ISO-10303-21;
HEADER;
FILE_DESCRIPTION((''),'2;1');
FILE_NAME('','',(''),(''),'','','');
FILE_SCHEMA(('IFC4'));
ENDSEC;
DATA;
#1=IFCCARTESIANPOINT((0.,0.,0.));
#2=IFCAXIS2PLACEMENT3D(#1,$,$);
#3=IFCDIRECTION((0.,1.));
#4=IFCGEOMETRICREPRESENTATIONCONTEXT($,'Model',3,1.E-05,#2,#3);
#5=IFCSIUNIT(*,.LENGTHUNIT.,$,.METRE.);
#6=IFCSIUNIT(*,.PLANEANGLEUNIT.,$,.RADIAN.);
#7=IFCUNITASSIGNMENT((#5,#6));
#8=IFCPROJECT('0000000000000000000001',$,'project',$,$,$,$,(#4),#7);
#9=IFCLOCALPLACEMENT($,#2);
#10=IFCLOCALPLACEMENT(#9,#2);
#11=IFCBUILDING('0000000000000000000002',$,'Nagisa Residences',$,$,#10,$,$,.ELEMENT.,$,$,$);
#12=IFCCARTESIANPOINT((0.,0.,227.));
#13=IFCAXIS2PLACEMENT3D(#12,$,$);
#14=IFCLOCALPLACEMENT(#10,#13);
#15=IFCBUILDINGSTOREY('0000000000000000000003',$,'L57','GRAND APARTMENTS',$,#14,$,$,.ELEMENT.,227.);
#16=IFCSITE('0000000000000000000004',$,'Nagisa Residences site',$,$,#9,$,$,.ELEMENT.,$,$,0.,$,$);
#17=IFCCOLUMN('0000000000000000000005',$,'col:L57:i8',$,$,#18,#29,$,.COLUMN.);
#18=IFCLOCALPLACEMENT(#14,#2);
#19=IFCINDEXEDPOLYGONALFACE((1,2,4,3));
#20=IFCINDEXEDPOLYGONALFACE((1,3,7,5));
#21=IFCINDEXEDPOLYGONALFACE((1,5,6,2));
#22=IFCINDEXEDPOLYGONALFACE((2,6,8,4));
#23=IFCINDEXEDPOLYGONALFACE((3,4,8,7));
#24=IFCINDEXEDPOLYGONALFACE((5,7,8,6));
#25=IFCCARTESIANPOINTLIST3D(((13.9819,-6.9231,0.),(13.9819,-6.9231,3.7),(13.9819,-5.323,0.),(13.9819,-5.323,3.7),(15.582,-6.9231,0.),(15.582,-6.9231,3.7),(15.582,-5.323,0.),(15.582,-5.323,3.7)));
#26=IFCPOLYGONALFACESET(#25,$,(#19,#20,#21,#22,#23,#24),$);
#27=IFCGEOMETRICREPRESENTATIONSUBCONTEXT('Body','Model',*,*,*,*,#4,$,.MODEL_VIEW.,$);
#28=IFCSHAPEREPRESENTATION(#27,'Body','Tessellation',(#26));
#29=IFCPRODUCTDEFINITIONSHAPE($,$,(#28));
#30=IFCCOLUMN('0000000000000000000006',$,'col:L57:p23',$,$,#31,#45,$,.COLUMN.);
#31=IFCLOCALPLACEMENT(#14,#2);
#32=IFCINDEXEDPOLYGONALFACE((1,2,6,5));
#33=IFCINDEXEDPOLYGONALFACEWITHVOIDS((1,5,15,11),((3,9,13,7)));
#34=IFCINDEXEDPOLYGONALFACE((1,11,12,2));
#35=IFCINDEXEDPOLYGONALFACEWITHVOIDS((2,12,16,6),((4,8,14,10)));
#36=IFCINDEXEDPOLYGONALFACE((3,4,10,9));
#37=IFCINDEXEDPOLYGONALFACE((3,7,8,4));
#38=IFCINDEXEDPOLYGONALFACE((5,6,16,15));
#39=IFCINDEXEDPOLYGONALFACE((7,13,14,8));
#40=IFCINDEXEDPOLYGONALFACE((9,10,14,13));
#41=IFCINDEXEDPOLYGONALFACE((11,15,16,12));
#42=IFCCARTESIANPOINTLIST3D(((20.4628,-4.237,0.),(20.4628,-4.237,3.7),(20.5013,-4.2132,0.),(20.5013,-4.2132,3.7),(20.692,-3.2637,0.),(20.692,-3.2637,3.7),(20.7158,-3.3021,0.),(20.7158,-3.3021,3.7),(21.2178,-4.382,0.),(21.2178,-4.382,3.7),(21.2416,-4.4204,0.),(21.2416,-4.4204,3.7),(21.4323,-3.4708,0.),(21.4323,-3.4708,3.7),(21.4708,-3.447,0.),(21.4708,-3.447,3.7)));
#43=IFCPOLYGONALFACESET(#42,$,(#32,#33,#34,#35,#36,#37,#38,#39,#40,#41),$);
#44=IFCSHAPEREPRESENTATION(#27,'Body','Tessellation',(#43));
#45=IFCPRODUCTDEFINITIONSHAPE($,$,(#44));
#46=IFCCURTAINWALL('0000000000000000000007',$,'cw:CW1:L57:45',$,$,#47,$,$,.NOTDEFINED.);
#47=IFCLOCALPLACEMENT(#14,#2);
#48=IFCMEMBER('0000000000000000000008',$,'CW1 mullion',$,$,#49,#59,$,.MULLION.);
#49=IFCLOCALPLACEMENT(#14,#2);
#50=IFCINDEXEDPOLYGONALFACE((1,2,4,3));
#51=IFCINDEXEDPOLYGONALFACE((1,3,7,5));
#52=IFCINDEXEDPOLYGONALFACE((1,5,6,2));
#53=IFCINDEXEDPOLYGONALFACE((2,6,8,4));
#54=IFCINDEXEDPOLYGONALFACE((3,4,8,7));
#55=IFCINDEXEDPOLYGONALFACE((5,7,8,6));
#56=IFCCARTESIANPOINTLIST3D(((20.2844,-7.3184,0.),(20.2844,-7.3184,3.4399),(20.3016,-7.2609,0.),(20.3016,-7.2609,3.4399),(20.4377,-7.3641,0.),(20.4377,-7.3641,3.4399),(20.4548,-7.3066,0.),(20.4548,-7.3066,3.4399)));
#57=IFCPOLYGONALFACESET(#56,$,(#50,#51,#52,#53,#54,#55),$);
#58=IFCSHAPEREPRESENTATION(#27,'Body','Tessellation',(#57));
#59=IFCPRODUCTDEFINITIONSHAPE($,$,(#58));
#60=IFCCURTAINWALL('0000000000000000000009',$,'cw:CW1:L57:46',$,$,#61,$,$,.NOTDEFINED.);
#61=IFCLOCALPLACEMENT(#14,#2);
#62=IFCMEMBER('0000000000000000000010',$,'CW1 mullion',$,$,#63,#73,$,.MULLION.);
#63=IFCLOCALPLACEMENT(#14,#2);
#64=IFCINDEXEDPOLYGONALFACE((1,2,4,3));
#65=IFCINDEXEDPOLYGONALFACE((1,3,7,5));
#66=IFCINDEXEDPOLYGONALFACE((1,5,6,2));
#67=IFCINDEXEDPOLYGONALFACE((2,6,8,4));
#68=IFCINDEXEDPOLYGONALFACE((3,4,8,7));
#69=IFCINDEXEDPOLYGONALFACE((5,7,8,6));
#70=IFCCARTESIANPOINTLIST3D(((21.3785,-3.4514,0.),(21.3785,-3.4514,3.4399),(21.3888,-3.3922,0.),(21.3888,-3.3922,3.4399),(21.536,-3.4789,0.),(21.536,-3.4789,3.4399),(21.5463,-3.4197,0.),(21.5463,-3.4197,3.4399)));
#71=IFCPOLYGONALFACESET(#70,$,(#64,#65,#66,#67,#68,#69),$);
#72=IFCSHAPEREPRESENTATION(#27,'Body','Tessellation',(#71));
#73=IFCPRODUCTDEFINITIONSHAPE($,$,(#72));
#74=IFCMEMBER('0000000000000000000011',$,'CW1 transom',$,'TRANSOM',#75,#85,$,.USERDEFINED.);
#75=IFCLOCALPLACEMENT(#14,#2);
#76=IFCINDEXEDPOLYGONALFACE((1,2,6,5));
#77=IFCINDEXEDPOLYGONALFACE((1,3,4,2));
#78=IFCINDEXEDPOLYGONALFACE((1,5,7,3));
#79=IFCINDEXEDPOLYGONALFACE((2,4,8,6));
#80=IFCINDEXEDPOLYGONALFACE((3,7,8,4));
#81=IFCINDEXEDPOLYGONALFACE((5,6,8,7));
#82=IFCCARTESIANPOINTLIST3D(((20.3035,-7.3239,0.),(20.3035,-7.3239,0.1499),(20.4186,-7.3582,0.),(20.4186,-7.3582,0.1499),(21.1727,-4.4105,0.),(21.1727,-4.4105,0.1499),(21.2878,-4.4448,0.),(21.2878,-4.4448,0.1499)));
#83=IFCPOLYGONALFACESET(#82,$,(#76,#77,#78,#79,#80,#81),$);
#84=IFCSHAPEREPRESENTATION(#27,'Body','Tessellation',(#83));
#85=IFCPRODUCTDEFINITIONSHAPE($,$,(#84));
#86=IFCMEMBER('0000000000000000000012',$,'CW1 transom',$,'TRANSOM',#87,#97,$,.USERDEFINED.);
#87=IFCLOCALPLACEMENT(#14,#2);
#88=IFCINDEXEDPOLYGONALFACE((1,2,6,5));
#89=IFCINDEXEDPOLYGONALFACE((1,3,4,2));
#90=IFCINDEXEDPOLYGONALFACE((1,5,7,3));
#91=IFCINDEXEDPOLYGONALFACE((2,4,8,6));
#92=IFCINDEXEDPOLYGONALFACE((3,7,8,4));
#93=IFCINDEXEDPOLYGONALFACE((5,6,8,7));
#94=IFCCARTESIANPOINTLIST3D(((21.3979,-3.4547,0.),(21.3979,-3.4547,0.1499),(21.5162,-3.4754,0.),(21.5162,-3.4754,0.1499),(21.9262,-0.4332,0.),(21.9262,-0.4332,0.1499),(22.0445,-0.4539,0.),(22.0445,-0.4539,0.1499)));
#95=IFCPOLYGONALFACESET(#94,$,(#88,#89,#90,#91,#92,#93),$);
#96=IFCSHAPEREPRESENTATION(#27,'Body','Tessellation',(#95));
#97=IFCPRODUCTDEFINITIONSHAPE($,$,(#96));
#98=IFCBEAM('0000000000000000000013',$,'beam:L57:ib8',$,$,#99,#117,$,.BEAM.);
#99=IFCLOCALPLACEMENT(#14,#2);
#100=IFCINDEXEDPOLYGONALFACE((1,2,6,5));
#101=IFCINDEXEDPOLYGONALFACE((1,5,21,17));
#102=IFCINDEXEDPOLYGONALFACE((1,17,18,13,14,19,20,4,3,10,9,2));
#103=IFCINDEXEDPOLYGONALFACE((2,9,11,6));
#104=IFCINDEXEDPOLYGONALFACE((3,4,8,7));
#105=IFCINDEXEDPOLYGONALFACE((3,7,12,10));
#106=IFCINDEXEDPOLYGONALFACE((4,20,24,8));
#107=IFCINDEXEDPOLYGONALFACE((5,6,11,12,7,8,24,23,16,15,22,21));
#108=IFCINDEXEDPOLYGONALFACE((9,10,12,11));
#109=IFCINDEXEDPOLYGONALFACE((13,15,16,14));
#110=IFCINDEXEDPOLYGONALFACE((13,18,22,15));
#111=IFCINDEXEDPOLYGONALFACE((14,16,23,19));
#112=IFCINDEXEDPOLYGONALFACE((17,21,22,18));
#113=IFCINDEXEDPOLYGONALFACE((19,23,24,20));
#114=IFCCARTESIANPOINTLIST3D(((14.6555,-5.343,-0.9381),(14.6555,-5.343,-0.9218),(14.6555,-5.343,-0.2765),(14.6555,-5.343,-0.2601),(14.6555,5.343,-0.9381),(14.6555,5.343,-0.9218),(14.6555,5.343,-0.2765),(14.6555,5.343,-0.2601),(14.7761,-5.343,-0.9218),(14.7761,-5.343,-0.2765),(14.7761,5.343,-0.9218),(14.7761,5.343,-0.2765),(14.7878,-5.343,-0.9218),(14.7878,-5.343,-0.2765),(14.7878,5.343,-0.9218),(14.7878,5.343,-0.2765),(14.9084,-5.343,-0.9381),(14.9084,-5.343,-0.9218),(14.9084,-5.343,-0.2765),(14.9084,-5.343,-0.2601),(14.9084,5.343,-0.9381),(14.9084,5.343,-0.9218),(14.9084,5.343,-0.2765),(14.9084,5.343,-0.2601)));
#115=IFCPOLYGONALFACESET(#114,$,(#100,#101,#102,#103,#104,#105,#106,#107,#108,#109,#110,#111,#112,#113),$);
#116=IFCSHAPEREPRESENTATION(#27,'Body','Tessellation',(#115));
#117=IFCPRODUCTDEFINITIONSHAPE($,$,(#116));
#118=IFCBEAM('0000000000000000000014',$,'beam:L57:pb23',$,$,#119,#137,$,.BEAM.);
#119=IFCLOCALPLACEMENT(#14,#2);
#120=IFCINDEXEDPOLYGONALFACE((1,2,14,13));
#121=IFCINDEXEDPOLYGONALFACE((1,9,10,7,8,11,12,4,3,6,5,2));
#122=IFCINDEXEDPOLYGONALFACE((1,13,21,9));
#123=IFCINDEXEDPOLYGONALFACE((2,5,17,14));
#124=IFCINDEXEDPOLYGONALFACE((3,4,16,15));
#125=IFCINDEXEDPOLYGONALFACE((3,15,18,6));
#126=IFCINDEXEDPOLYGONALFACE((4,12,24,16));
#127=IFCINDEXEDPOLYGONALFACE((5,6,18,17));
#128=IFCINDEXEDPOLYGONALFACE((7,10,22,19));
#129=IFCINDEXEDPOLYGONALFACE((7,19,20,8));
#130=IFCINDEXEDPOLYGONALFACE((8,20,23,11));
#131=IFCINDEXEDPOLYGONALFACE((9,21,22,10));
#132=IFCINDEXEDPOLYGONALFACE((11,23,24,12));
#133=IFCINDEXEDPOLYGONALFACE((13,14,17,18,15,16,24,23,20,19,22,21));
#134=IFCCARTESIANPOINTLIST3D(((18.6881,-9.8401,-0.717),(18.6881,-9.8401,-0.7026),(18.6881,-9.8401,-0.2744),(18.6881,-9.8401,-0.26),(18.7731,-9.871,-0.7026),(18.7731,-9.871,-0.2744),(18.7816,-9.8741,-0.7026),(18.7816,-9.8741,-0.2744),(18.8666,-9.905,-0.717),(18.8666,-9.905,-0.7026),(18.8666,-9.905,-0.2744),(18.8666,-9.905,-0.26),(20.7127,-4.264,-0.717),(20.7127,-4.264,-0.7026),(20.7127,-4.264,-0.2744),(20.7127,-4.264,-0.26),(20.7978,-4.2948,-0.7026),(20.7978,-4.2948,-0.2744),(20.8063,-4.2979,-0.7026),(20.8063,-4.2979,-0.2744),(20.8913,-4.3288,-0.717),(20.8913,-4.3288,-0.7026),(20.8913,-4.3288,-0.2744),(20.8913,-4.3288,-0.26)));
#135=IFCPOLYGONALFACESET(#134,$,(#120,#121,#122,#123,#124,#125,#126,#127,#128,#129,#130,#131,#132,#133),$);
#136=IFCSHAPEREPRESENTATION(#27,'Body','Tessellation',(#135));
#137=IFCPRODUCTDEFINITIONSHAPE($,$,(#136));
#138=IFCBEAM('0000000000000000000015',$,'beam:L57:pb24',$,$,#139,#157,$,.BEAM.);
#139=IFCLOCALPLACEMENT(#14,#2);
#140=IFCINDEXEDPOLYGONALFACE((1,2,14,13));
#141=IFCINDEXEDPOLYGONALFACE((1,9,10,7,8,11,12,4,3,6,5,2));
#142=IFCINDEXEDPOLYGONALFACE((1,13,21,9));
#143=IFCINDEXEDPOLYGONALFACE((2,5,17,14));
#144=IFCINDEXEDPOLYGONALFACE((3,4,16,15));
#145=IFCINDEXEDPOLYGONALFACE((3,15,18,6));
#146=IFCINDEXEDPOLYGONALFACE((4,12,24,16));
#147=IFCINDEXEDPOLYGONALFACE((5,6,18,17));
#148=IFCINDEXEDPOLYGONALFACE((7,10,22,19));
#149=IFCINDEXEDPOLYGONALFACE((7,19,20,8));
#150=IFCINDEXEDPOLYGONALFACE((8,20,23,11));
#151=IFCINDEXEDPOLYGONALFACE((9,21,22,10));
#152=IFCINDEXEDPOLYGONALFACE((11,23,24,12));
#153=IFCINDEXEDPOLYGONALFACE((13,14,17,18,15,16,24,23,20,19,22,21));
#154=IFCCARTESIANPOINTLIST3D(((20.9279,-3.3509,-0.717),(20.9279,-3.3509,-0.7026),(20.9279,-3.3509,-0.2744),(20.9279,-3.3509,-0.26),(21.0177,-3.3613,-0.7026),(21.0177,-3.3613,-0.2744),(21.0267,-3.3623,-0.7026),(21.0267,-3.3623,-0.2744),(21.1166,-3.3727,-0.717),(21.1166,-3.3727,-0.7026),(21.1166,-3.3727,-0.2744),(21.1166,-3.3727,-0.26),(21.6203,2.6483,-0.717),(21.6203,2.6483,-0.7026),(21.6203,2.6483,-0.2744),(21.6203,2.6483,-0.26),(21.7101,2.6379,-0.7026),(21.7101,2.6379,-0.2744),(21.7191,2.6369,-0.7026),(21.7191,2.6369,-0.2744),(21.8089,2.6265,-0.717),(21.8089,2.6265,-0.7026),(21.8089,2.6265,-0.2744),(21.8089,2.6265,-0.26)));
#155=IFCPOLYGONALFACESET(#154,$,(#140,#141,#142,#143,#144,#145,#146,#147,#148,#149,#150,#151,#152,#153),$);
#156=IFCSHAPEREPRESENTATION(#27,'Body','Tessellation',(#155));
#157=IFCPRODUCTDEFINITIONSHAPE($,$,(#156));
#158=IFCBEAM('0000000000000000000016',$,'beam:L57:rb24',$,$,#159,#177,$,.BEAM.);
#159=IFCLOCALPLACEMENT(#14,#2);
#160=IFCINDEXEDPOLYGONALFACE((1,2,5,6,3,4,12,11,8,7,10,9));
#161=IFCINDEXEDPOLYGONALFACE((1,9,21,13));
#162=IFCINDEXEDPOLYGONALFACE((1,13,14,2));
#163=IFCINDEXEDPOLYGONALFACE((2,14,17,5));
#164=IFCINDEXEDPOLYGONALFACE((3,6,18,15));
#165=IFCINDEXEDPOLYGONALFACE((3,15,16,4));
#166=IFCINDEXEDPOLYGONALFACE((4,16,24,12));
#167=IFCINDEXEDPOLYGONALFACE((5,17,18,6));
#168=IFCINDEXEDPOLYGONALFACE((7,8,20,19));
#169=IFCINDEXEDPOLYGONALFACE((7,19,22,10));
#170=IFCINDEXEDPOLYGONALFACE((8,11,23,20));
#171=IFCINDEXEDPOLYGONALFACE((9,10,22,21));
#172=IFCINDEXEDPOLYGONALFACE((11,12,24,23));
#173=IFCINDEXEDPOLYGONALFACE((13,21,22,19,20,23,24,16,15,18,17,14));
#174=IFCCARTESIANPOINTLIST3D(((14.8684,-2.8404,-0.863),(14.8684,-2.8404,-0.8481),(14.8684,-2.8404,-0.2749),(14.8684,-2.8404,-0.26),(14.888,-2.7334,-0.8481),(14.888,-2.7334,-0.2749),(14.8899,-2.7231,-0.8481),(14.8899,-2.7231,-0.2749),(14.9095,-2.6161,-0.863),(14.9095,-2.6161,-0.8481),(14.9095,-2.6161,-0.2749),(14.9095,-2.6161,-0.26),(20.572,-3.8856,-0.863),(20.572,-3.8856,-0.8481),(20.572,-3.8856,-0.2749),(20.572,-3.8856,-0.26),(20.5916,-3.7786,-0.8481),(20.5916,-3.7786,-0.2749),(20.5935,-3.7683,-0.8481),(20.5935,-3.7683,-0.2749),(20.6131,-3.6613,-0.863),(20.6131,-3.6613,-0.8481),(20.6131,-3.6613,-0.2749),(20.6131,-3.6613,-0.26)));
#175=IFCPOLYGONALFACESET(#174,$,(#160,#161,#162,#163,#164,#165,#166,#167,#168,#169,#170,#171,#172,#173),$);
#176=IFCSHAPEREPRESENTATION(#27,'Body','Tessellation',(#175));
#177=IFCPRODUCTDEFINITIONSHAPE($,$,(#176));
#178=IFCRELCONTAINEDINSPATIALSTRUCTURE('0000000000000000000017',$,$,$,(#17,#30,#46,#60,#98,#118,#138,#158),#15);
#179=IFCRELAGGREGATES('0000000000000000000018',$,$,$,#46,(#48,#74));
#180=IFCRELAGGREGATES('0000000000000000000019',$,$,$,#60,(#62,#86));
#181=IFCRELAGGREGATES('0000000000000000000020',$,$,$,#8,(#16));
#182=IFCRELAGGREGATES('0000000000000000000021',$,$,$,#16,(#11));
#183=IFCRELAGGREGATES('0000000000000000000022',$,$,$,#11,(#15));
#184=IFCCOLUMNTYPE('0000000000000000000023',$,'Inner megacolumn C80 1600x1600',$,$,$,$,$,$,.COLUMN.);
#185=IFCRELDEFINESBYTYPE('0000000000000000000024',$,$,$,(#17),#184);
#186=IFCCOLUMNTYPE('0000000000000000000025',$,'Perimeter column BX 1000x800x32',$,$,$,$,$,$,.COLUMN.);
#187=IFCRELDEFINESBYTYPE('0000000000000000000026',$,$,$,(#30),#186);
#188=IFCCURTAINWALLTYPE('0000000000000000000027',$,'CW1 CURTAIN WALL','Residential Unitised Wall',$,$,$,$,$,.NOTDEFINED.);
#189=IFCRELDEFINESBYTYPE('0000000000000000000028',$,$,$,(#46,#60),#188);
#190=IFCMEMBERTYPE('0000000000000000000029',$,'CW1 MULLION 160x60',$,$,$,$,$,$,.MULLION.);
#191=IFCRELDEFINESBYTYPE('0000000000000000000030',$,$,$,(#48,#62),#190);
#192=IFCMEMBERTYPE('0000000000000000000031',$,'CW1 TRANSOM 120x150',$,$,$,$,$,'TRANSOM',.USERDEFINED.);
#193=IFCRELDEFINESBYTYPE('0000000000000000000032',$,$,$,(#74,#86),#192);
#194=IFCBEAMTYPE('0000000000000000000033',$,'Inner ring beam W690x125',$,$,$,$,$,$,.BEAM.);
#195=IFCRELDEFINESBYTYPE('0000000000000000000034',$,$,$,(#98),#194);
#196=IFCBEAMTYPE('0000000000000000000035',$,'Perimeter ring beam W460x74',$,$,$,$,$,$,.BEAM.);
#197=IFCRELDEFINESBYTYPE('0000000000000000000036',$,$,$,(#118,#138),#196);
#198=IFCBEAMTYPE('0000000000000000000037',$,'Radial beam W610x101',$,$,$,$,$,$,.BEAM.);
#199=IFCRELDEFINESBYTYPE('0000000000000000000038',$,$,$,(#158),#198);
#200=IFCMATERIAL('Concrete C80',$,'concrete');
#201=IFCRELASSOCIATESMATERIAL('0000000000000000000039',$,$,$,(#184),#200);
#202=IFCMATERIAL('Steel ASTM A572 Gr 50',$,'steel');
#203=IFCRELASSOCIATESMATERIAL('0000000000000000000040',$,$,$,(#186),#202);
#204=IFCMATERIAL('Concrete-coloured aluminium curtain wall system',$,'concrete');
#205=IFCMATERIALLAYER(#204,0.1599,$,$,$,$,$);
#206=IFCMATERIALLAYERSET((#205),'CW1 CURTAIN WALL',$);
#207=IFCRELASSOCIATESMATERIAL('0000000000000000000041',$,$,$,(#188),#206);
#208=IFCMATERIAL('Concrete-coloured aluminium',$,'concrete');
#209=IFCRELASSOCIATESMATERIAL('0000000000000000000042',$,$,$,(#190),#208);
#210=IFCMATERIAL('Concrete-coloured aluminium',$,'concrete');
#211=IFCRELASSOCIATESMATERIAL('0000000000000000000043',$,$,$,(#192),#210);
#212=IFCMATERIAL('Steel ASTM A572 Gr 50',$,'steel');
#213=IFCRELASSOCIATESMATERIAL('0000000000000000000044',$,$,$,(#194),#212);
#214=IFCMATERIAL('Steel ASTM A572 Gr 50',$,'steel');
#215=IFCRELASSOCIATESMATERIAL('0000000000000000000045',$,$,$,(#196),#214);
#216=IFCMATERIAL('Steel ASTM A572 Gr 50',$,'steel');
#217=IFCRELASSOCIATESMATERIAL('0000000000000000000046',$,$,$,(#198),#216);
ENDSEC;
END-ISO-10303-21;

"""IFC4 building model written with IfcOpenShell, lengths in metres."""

from ifc_helpers import new_model, si_unit, direction, frame, origin, origin_2d, place, context, subcontext, project, spatial, rectangle, hollow_rectangle, i_section, extrude, material, layer, layer_set, material_profile, profile_set, type_object, element, aggregate, save


model = new_model("IFC4")

# Units and contexts
model_context = context("Model", 3, precision=1e-05, world=origin(), true_north=direction((0.0, 1.0)))
body_context = subcontext(model_context, "Body", "Model", "MODEL_VIEW")
ifc_project = project(units=[si_unit("LENGTHUNIT", "METRE"), si_unit("PLANEANGLEUNIT", "RADIAN")], contexts=[model_context])

# Site, building, storey
site_placement = place(None, origin())
site = spatial("IfcSite", under=ifc_project, at=site_placement, Name="Nagisa Residences site", CompositionType="ELEMENT", RefElevation=0.0)
building_placement = place(site_placement, origin())
building = spatial("IfcBuilding", under=site, at=building_placement, Name="Nagisa Residences", CompositionType="ELEMENT")
storey_placement = place(building_placement, frame((0.0, 0.0, 227.0)))
storey = spatial("IfcBuildingStorey", under=building, at=storey_placement, Name="L57", Description="GRAND APARTMENTS", CompositionType="ELEMENT", Elevation=227.0)

# Columns
ifc_material_1 = material(Name="Concrete C80", Category="concrete")
ifc_material_profile_1 = material_profile(ifc_material_1, rectangle(XDim=1.6001, YDim=1.6001, at=origin_2d()), Name="C80 1600x1600")
ifc_profile_set_1 = profile_set([ifc_material_profile_1], Name="Concrete C80")
column_type_1 = type_object("IfcColumnType", Name="Inner megacolumn C80 1600x1600", PredefinedType="COLUMN", material=ifc_profile_set_1)
column_1_placement = place(storey_placement, frame((14.782, -6.123, 0.0), z_axis=(0.0, 0.0, 1.0), x_axis=(1.0, 0.0, 0.0)))
element("IfcColumn", 1, at=column_1_placement, inside=storey, type_object=column_type_1, Name="col:L57:i8", PredefinedType="COLUMN", context=body_context, shape_type="SweptSolid", body=[
    extrude(rectangle(XDim=1.6001, YDim=1.6001, at=origin_2d()), origin(), (0.0, 0.0, 1.0), 3.7),
])
ifc_material_2 = material(Name="Steel ASTM A572 Gr 50", Category="steel")
ifc_material_profile_2 = material_profile(ifc_material_2, hollow_rectangle(XDim=1.0, YDim=0.8, WallThickness=0.032, at=origin_2d()), Name="BX 1000x800x32")
ifc_profile_set_2 = profile_set([ifc_material_profile_2], Name="Steel ASTM A572 Gr 50")
column_type_2 = type_object("IfcColumnType", Name="Perimeter column BX 1000x800x32", PredefinedType="COLUMN", material=ifc_profile_set_2)
column_2_placement = place(storey_placement, frame((20.9668, -3.842, 0.0), z_axis=(0.0, 0.0, 1.0), x_axis=(0.229202, 0.973379, 0.0)))
element("IfcColumn", 2, at=column_2_placement, inside=storey, type_object=column_type_2, Name="col:L57:p23", PredefinedType="COLUMN", context=body_context, shape_type="SweptSolid", body=[
    extrude(hollow_rectangle(XDim=1.0, YDim=0.8, WallThickness=0.032, at=origin_2d()), origin(), (0.0, 0.0, 1.0), 3.7),
])

# Curtain walls, members
ifc_material_3 = material(Name="Concrete-coloured aluminium curtain wall system", Category="concrete")
ifc_layer_1 = layer(ifc_material_3, 0.1599)
ifc_layer_set_1 = layer_set([ifc_layer_1], Name="CW1 CURTAIN WALL")
curtain_wall_type = type_object("IfcCurtainWallType", Name="CW1 CURTAIN WALL", Description="Residential Unitised Wall", PredefinedType="NOTDEFINED", material=ifc_layer_set_1)
curtain_wall_1_placement = place(storey_placement, origin())
curtain_wall_1 = element("IfcCurtainWall", 3, at=curtain_wall_1_placement, inside=storey, type_object=curtain_wall_type, Name="cw:CW1:L57:45", PredefinedType="NOTDEFINED")
ifc_material_4 = material(Name="Concrete-coloured aluminium", Category="concrete")
ifc_material_profile_3 = material_profile(ifc_material_4, rectangle(XDim=0.1599, YDim=0.0601, at=origin_2d()), Name="CW1 MULLION 160x60")
ifc_profile_set_3 = profile_set([ifc_material_profile_3], Name="Concrete-coloured aluminium")
member_type_1 = type_object("IfcMemberType", Name="CW1 MULLION 160x60", PredefinedType="MULLION", material=ifc_profile_set_3)
member_1_placement = place(storey_placement, frame((20.3696, -7.3125, 0.0), z_axis=(0.0, 0.0, 1.0), x_axis=(-0.958271, 0.28586, 0.0)))
member_1 = element("IfcMember", 4, at=member_1_placement, type_object=member_type_1, Name="CW1 mullion", PredefinedType="MULLION", context=body_context, shape_type="SweptSolid", body=[
    extrude(rectangle(XDim=0.1599, YDim=0.0601, at=origin_2d()), origin(), (0.0, 0.0, 1.0), 3.4399),
])
curtain_wall_2_placement = place(storey_placement, origin())
curtain_wall_2 = element("IfcCurtainWall", 5, at=curtain_wall_2_placement, inside=storey, type_object=curtain_wall_type, Name="cw:CW1:L57:46", PredefinedType="NOTDEFINED")
member_2_placement = place(storey_placement, frame((21.4624, -3.4355, 0.0), z_axis=(0.0, 0.0, 1.0), x_axis=(-0.985064, 0.172191, 0.0)))
member_2 = element("IfcMember", 6, at=member_2_placement, type_object=member_type_1, Name="CW1 mullion", PredefinedType="MULLION", context=body_context, shape_type="SweptSolid", body=[
    extrude(rectangle(XDim=0.1599, YDim=0.0601, at=origin_2d()), origin(), (0.0, 0.0, 1.0), 3.4399),
])

# Members
ifc_material_5 = material(Name="Concrete-coloured aluminium", Category="concrete")
ifc_material_profile_4 = material_profile(ifc_material_5, rectangle(XDim=0.1201, YDim=0.1499, at=origin_2d()), Name="CW1 TRANSOM 120x150")
ifc_profile_set_4 = profile_set([ifc_material_profile_4], Name="Concrete-coloured aluminium")
member_type_2 = type_object("IfcMemberType", Name="CW1 TRANSOM 120x150", ElementType="TRANSOM", PredefinedType="USERDEFINED", material=ifc_profile_set_4)
member_3_placement = place(storey_placement, frame((20.3611, -7.3411, 0.075), z_axis=(0.285881, 0.958265, 0.0), x_axis=(-0.958265, 0.285881, 0.0)))
member_3 = element("IfcMember", 7, at=member_3_placement, type_object=member_type_2, Name="CW1 transom", ObjectType="TRANSOM", PredefinedType="USERDEFINED", context=body_context, shape_type="SweptSolid", body=[
    extrude(rectangle(XDim=0.1201, YDim=0.1499, at=origin_2d()), origin(), (0.0, 0.0, 1.0), 3.0403),
])
member_4_placement = place(storey_placement, frame((21.457, -3.4651, 0.075), z_axis=(0.172241, 0.985055, 0.0), x_axis=(-0.985055, 0.172241, 0.0)))
member_4 = element("IfcMember", 8, at=member_4_placement, type_object=member_type_2, Name="CW1 transom", ObjectType="TRANSOM", PredefinedType="USERDEFINED", context=body_context, shape_type="SweptSolid", body=[
    extrude(rectangle(XDim=0.1201, YDim=0.1499, at=origin_2d()), origin(), (0.0, 0.0, 1.0), 3.0674),
])

# Beams
ifc_material_6 = material(Name="Steel ASTM A572 Gr 50", Category="steel")
ifc_material_profile_5 = material_profile(ifc_material_6, i_section(OverallWidth=0.2529, OverallDepth=0.678, WebThickness=0.0117, FlangeThickness=0.0164, at=origin_2d()), Name="W690x125")
ifc_profile_set_5 = profile_set([ifc_material_profile_5], Name="Steel ASTM A572 Gr 50")
beam_type_1 = type_object("IfcBeamType", Name="Inner ring beam W690x125", PredefinedType="BEAM", material=ifc_profile_set_5)
beam_1_placement = place(storey_placement, frame((14.782, -5.343, -0.5991), z_axis=(0.0, 1.0, 0.0), x_axis=(-1.0, 0.0, 0.0)))
element("IfcBeam", 9, at=beam_1_placement, inside=storey, type_object=beam_type_1, Name="beam:L57:ib8", PredefinedType="BEAM", context=body_context, shape_type="SweptSolid", body=[
    extrude(i_section(OverallWidth=0.2529, OverallDepth=0.678, WebThickness=0.0117, FlangeThickness=0.0164, at=origin_2d()), origin(), (0.0, 0.0, 1.0), 10.686),
])
ifc_material_7 = material(Name="Steel ASTM A572 Gr 50", Category="steel")
ifc_material_profile_6 = material_profile(ifc_material_7, i_section(OverallWidth=0.1899, OverallDepth=0.457, WebThickness=0.009, FlangeThickness=0.0144, at=origin_2d()), Name="W460x74")
ifc_profile_set_6 = profile_set([ifc_material_profile_6], Name="Steel ASTM A572 Gr 50")
beam_type_2 = type_object("IfcBeamType", Name="Perimeter ring beam W460x74", PredefinedType="BEAM", material=ifc_profile_set_6)
beam_2_placement = place(storey_placement, frame((18.7773, -9.8726, -0.4885), z_axis=(0.34129, 0.939958, 0.0), x_axis=(-0.939958, 0.34129, 0.0)))
element("IfcBeam", 10, at=beam_2_placement, inside=storey, type_object=beam_type_2, Name="beam:L57:pb23", PredefinedType="BEAM", context=body_context, shape_type="SweptSolid", body=[
    extrude(i_section(OverallWidth=0.1899, OverallDepth=0.457, WebThickness=0.009, FlangeThickness=0.0144, at=origin_2d()), origin(), (0.0, 0.0, 1.0), 5.9324),
])
beam_3_placement = place(storey_placement, frame((21.0222, -3.3618, -0.4885), z_axis=(0.11465, 0.993406, 0.0), x_axis=(-0.993406, 0.11465, 0.0)))
element("IfcBeam", 11, at=beam_3_placement, inside=storey, type_object=beam_type_2, Name="beam:L57:pb24", PredefinedType="BEAM", context=body_context, shape_type="SweptSolid", body=[
    extrude(i_section(OverallWidth=0.1899, OverallDepth=0.457, WebThickness=0.009, FlangeThickness=0.0144, at=origin_2d()), origin(), (0.0, 0.0, 1.0), 6.0391),
])
ifc_material_8 = material(Name="Steel ASTM A572 Gr 50", Category="steel")
ifc_material_profile_7 = material_profile(ifc_material_8, i_section(OverallWidth=0.228, OverallDepth=0.603, WebThickness=0.0105, FlangeThickness=0.0149, at=origin_2d()), Name="W610x101")
ifc_profile_set_7 = profile_set([ifc_material_profile_7], Name="Steel ASTM A572 Gr 50")
beam_type_3 = type_object("IfcBeamType", Name="Radial beam W610x101", PredefinedType="BEAM", material=ifc_profile_set_7)
beam_4_placement = place(storey_placement, frame((20.5925, -3.7734, -0.5615), z_axis=(-0.983622, 0.180245, 0.0), x_axis=(-0.180245, -0.983622, 0.0)))
element("IfcBeam", 12, at=beam_4_placement, inside=storey, type_object=beam_type_3, Name="beam:L57:rb24", PredefinedType="BEAM", context=body_context, shape_type="SweptSolid", body=[
    extrude(i_section(OverallWidth=0.228, OverallDepth=0.603, WebThickness=0.0105, FlangeThickness=0.0149, at=origin_2d()), origin(), (0.0, 0.0, 1.0), 5.7986),
])

aggregate(curtain_wall_1, [member_1, member_3])
aggregate(curtain_wall_2, [member_2, member_4])

save(model, "model.ifc")
